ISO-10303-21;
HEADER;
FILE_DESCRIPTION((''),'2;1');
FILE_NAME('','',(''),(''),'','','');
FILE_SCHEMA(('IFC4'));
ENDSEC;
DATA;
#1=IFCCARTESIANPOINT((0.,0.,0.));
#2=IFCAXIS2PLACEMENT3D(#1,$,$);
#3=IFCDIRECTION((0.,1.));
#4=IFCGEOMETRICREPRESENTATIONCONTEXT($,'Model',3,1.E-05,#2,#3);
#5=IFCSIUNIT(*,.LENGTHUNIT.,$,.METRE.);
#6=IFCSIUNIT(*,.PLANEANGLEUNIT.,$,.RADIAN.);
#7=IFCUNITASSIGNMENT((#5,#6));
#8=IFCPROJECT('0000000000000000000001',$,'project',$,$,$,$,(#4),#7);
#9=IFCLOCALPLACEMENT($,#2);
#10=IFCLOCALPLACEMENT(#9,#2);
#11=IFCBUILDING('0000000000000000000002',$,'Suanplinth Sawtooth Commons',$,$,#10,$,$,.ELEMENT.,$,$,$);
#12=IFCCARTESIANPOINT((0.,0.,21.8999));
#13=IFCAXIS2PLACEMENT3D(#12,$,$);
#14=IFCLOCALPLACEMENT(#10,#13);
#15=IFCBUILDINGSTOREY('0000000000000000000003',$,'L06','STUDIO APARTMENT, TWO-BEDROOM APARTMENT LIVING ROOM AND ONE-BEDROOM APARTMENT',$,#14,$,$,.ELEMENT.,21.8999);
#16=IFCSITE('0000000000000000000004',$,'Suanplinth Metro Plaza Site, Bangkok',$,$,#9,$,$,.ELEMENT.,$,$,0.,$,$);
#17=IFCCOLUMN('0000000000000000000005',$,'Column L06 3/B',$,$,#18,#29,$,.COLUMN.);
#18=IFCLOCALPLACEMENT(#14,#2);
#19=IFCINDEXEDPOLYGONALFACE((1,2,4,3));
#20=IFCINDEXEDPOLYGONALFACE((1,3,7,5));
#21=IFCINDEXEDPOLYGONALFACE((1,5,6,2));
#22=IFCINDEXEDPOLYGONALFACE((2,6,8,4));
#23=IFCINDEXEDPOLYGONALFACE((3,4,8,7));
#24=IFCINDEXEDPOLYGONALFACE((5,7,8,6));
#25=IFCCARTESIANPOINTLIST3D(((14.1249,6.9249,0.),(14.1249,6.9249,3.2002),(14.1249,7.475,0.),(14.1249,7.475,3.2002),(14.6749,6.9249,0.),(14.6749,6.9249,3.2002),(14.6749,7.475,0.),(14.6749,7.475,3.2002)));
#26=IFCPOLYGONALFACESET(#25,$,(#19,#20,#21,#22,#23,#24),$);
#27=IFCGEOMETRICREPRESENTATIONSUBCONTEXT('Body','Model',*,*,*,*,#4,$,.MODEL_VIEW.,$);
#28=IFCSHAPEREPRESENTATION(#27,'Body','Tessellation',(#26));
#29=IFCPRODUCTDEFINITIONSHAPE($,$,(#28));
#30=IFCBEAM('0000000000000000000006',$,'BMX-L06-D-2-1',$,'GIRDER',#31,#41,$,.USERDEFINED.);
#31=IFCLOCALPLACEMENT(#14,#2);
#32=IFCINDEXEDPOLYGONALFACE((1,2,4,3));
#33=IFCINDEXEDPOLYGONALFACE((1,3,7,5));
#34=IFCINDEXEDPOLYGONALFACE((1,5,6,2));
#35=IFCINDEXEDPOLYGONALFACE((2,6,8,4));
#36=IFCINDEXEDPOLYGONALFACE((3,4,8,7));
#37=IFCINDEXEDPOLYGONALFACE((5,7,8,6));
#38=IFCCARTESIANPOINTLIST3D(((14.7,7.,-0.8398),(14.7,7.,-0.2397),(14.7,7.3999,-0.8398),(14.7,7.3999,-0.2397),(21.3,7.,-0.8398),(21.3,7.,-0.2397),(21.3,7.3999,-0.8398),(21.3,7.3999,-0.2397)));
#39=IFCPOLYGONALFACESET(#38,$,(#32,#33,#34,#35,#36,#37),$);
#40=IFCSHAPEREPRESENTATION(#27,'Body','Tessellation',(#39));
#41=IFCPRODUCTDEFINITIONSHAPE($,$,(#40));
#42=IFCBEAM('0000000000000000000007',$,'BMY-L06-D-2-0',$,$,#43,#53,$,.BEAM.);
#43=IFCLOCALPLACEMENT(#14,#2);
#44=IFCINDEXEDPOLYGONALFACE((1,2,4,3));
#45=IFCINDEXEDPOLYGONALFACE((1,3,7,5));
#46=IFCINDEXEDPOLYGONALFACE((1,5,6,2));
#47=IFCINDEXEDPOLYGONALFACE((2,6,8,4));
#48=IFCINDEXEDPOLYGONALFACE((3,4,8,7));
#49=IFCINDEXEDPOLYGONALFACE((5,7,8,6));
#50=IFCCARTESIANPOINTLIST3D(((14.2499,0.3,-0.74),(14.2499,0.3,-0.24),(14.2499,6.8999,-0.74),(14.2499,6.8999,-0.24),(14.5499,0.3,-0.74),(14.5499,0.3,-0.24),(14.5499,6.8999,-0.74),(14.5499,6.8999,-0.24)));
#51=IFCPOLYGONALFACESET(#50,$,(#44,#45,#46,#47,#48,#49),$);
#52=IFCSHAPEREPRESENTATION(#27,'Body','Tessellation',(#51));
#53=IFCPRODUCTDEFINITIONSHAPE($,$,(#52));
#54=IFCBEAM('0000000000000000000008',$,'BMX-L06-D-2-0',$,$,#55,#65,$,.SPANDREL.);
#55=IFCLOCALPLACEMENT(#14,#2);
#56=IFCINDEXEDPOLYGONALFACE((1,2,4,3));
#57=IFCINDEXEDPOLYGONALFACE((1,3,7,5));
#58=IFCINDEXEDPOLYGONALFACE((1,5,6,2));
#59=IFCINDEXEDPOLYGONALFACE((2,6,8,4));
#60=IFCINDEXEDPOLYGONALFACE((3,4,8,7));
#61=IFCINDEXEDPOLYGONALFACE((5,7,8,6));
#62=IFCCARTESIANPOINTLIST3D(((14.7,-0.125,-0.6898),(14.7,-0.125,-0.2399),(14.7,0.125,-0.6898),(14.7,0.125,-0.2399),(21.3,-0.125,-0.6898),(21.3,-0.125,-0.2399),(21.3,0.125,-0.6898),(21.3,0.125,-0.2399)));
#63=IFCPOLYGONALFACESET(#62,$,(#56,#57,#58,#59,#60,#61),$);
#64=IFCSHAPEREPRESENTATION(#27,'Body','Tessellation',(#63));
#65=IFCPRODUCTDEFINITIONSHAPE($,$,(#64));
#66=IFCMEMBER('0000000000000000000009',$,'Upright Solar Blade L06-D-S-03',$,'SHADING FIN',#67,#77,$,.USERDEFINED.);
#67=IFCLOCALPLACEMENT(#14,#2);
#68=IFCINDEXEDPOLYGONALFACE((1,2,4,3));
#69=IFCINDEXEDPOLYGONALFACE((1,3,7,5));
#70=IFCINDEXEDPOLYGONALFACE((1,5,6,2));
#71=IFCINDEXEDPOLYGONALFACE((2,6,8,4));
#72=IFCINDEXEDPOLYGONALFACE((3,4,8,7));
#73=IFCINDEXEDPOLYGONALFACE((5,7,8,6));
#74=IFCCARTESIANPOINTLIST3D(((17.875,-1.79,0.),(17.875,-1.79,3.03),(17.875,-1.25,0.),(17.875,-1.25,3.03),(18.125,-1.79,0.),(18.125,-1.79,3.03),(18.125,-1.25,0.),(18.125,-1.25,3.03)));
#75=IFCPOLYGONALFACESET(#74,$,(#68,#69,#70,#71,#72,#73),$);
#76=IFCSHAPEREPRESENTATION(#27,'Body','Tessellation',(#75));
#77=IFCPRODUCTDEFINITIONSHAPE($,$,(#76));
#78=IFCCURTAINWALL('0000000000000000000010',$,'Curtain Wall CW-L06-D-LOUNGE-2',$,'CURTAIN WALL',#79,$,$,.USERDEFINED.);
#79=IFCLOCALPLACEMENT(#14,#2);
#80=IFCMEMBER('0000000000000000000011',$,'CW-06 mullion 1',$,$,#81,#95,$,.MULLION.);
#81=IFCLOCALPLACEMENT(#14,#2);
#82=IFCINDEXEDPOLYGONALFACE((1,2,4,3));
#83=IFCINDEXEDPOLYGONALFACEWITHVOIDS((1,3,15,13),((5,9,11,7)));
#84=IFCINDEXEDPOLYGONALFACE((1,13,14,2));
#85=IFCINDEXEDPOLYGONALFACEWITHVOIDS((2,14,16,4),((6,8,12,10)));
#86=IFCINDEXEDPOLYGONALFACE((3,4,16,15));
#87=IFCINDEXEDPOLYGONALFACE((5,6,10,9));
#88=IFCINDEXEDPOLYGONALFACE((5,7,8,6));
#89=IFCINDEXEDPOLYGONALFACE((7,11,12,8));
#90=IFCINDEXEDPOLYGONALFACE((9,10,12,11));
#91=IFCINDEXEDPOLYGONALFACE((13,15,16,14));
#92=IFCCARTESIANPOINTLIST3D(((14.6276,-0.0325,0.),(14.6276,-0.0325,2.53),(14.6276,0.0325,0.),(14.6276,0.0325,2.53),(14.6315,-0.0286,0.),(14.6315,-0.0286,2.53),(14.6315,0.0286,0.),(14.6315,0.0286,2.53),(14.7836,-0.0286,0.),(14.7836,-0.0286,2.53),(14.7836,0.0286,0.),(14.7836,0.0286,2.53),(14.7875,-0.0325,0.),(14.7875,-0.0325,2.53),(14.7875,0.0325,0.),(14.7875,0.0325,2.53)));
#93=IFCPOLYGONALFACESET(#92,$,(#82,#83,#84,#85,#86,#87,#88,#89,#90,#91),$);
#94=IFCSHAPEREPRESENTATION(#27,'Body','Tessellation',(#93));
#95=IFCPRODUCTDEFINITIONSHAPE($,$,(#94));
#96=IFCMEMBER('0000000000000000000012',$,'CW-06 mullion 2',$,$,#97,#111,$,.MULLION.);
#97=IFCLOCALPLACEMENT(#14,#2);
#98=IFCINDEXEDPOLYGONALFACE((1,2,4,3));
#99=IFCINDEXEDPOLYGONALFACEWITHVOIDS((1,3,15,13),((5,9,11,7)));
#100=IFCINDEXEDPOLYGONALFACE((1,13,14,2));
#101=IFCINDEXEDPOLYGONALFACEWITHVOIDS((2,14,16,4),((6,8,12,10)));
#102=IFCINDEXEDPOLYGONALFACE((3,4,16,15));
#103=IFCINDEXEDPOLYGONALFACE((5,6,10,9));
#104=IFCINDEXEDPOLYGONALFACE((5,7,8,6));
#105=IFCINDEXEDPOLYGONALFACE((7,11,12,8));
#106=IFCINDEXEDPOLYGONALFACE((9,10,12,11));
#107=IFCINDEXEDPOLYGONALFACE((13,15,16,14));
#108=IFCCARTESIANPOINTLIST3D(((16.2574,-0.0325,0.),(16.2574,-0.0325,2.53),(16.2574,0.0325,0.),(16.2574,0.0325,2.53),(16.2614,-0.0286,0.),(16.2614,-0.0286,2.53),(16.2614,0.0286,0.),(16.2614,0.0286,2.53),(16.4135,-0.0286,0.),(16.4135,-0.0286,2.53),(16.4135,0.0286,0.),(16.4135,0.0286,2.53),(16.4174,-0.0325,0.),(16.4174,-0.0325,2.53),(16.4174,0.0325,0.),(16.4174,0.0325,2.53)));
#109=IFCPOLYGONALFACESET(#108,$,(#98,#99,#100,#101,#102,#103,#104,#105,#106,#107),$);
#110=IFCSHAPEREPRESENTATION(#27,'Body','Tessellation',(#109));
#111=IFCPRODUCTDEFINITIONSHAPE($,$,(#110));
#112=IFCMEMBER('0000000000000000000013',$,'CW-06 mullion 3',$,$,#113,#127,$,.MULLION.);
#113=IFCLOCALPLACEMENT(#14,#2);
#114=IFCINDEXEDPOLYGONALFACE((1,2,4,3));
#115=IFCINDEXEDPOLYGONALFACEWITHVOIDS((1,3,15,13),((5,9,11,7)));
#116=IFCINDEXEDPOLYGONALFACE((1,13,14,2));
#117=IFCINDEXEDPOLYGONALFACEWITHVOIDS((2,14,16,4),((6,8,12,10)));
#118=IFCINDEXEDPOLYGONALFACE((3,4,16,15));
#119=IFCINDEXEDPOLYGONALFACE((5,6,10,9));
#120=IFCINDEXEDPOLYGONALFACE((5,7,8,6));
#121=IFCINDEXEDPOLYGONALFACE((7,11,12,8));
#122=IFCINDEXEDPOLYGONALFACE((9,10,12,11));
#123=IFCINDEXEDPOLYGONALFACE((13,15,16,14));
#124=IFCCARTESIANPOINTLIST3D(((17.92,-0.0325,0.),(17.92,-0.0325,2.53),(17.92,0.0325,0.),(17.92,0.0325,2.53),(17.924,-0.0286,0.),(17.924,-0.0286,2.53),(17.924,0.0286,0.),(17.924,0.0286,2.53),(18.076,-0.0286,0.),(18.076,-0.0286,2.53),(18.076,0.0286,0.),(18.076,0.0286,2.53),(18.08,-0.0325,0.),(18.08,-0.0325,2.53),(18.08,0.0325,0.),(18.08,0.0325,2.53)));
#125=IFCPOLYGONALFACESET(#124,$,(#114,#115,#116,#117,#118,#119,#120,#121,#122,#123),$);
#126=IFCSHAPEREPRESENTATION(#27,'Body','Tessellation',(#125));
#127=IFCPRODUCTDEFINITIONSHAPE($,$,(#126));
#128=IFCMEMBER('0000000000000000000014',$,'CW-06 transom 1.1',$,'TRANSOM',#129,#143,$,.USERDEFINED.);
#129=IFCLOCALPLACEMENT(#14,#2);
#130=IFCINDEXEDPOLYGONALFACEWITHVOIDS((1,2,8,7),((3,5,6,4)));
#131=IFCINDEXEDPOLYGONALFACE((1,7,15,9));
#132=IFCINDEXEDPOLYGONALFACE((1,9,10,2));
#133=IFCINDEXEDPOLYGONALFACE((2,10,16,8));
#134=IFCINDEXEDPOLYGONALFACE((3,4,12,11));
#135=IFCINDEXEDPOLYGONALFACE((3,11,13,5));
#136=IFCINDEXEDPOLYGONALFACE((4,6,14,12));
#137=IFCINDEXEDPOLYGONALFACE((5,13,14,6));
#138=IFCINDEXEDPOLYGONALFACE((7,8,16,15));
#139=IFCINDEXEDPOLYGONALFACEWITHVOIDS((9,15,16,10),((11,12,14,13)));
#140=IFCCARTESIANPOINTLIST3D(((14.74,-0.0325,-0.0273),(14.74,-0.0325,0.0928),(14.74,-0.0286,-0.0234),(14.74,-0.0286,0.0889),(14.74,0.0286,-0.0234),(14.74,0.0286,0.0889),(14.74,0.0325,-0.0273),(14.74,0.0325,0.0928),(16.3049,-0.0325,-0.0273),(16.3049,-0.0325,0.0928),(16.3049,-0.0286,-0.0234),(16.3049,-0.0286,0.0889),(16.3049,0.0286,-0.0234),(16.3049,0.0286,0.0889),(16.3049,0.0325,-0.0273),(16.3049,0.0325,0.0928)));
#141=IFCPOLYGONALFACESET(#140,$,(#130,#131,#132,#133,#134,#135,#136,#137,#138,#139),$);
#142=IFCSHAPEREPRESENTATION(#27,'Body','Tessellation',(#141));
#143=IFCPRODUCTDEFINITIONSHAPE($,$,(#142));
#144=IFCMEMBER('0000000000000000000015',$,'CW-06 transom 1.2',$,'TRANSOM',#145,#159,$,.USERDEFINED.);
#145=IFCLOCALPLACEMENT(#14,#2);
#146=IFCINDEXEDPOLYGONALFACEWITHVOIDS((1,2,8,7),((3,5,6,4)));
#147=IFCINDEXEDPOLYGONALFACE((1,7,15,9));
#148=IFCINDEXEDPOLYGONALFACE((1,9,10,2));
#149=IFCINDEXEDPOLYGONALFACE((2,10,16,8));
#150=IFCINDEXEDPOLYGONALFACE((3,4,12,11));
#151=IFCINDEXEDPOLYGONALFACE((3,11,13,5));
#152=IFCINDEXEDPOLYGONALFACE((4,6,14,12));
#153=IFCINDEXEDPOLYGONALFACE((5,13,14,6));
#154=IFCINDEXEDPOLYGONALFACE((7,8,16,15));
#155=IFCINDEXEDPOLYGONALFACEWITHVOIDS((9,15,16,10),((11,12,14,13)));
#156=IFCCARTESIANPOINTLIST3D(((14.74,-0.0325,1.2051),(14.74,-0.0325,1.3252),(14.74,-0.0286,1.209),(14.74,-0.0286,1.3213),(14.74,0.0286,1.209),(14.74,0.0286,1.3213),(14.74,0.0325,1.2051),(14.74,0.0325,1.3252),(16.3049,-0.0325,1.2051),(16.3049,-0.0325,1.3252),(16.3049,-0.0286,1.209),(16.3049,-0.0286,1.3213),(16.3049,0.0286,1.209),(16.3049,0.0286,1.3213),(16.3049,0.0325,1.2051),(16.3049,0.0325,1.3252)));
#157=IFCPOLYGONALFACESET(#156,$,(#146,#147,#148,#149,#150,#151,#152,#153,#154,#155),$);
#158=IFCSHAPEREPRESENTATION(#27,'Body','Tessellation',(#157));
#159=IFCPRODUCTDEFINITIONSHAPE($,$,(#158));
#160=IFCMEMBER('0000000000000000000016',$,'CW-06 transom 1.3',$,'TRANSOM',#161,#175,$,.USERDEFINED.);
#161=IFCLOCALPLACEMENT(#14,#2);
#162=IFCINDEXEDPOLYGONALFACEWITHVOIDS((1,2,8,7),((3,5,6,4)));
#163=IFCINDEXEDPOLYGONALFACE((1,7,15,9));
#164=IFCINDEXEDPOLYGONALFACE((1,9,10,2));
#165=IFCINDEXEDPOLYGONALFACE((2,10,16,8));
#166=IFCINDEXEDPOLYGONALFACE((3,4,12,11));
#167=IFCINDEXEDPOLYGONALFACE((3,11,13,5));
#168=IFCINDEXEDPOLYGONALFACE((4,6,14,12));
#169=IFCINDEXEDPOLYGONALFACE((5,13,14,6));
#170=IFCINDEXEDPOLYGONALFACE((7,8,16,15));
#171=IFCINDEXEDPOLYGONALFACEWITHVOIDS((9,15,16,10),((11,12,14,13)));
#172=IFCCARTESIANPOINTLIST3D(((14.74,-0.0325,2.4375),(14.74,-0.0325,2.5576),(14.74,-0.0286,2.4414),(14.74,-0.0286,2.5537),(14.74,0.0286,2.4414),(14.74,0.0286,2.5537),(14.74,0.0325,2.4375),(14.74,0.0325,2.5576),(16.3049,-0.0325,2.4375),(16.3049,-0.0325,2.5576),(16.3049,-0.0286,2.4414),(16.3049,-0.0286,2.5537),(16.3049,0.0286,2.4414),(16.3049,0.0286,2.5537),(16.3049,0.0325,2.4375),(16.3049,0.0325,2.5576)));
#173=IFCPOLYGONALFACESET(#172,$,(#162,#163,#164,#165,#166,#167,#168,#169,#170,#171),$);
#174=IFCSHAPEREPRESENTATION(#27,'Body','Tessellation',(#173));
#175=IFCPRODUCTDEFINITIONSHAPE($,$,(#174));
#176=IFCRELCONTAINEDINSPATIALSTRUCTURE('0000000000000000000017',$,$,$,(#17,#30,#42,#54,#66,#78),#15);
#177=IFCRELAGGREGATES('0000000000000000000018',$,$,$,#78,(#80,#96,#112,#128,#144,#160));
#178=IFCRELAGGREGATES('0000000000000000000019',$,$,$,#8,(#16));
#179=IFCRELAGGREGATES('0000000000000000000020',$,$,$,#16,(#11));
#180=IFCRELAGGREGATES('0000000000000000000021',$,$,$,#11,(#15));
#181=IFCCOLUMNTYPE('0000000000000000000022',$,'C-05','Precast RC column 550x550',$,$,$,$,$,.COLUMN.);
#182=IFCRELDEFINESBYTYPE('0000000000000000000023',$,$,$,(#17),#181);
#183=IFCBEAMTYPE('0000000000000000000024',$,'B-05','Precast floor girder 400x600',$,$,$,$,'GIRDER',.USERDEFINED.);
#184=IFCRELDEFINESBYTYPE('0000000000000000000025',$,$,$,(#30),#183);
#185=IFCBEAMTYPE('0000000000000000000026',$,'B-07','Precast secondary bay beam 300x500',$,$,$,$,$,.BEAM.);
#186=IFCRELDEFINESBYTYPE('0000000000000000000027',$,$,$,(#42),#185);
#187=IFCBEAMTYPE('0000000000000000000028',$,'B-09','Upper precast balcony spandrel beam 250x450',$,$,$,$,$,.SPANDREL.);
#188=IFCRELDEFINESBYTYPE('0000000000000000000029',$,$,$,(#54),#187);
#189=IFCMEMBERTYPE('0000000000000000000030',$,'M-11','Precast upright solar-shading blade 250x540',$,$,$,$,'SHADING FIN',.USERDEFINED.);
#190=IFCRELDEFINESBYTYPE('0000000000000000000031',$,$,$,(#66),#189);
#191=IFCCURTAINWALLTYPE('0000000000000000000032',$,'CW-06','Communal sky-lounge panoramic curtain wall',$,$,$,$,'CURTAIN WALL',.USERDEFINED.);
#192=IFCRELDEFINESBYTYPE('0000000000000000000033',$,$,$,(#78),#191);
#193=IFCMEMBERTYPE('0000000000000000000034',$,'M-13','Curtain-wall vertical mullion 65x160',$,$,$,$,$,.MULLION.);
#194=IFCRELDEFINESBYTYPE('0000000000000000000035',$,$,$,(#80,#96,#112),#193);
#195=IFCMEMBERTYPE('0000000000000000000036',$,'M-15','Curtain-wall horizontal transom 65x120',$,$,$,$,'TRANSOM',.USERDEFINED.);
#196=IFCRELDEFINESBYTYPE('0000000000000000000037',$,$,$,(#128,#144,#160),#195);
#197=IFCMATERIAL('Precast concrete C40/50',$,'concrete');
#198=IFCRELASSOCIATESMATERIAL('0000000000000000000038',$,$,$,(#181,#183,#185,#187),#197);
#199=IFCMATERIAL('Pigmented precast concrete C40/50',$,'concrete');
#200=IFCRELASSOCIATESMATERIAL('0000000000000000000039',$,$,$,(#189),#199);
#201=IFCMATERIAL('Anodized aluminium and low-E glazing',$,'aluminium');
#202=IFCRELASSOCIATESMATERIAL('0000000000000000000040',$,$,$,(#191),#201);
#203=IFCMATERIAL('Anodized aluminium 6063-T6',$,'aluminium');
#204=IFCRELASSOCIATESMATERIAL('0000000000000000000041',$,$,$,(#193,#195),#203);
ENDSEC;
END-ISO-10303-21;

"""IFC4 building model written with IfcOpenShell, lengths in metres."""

from ifc_helpers import new_model, si_unit, direction, frame, origin, origin_2d, place, context, subcontext, project, spatial, rectangle, hollow_rectangle, extrude, material, material_profile, profile_set, type_object, element, aggregate, save


model = new_model("IFC4")

# Units and contexts
model_context = context("Model", 3, precision=1e-05, world=origin(), true_north=direction((0.0, 1.0)))
body_context = subcontext(model_context, "Body", "Model", "MODEL_VIEW")
ifc_project = project(units=[si_unit("LENGTHUNIT", "METRE"), si_unit("PLANEANGLEUNIT", "RADIAN")], contexts=[model_context])

# Site, building, storey
site_placement = place(None, origin())
site = spatial("IfcSite", under=ifc_project, at=site_placement, Name="Suanplinth Metro Plaza Site, Bangkok", CompositionType="ELEMENT", RefElevation=0.0)
building_placement = place(site_placement, origin())
building = spatial("IfcBuilding", under=site, at=building_placement, Name="Suanplinth Sawtooth Commons", CompositionType="ELEMENT")
storey_placement = place(building_placement, frame((0.0, 0.0, 21.8999)))
storey = spatial("IfcBuildingStorey", under=building, at=storey_placement, Name="L06", Description="STUDIO APARTMENT, TWO-BEDROOM APARTMENT LIVING ROOM AND ONE-BEDROOM APARTMENT", CompositionType="ELEMENT", Elevation=21.8999)

# Column
ifc_material_1 = material(Name="Precast concrete C40/50", Category="concrete")
ifc_material_profile_1 = material_profile(ifc_material_1, rectangle(XDim=0.55, YDim=0.55, at=origin_2d()), Name="PC-COL 550x550")
ifc_profile_set_1 = profile_set([ifc_material_profile_1], Name="Precast concrete C40/50")
column_type = type_object("IfcColumnType", Name="C-05", Description="Precast RC column 550x550", PredefinedType="COLUMN", material=ifc_profile_set_1)
column_placement = place(storey_placement, frame((14.3999, 7.2, 0.0), z_axis=(0.0, 0.0, 1.0), x_axis=(1.0, 0.0, 0.0)))
element("IfcColumn", 1, at=column_placement, inside=storey, type_object=column_type, Name="Column L06 3/B", PredefinedType="COLUMN", context=body_context, shape_type="SweptSolid", body=[
    extrude(rectangle(XDim=0.55, YDim=0.55, at=origin_2d()), origin(), (0.0, 0.0, 1.0), 3.2002),
])

# Beams
ifc_material_profile_2 = material_profile(ifc_material_1, rectangle(XDim=0.3999, YDim=0.6001, at=origin_2d()), Name="PC-GDR 400x600")
ifc_profile_set_2 = profile_set([ifc_material_profile_2], Name="Precast concrete C40/50")
beam_type_1 = type_object("IfcBeamType", Name="B-05", Description="Precast floor girder 400x600", ElementType="GIRDER", PredefinedType="USERDEFINED", material=ifc_profile_set_2)
beam_1_placement = place(storey_placement, frame((14.7, 7.2, -0.5398), z_axis=(1.0, 0.0, 0.0), x_axis=(0.0, 1.0, 0.0)))
element("IfcBeam", 2, at=beam_1_placement, inside=storey, type_object=beam_type_1, Name="BMX-L06-D-2-1", ObjectType="GIRDER", PredefinedType="USERDEFINED", context=body_context, shape_type="SweptSolid", body=[
    extrude(rectangle(XDim=0.3999, YDim=0.6001, at=origin_2d()), origin(), (0.0, 0.0, 1.0), 6.6001),
])
ifc_material_profile_3 = material_profile(ifc_material_1, rectangle(XDim=0.3, YDim=0.5, at=origin_2d()), Name="PC-BM 300x500")
ifc_profile_set_3 = profile_set([ifc_material_profile_3], Name="Precast concrete C40/50")
beam_type_2 = type_object("IfcBeamType", Name="B-07", Description="Precast secondary bay beam 300x500", PredefinedType="BEAM", material=ifc_profile_set_3)
beam_2_placement = place(storey_placement, frame((14.3999, 0.3, -0.49), z_axis=(0.0, 1.0, 0.0), x_axis=(-1.0, 0.0, 0.0)))
element("IfcBeam", 3, at=beam_2_placement, inside=storey, type_object=beam_type_2, Name="BMY-L06-D-2-0", PredefinedType="BEAM", context=body_context, shape_type="SweptSolid", body=[
    extrude(rectangle(XDim=0.3, YDim=0.5, at=origin_2d()), origin(), (0.0, 0.0, 1.0), 6.5999),
])
ifc_material_profile_4 = material_profile(ifc_material_1, rectangle(XDim=0.25, YDim=0.45, at=origin_2d()), Name="PC-SP 250x450")
ifc_profile_set_4 = profile_set([ifc_material_profile_4], Name="Precast concrete C40/50")
beam_type_3 = type_object("IfcBeamType", Name="B-09", Description="Upper precast balcony spandrel beam 250x450", PredefinedType="SPANDREL", material=ifc_profile_set_4)
beam_3_placement = place(storey_placement, frame((14.7, 0.0, -0.4648), z_axis=(1.0, 0.0, 0.0), x_axis=(0.0, 1.0, 0.0)))
element("IfcBeam", 4, at=beam_3_placement, inside=storey, type_object=beam_type_3, Name="BMX-L06-D-2-0", PredefinedType="SPANDREL", context=body_context, shape_type="SweptSolid", body=[
    extrude(rectangle(XDim=0.25, YDim=0.45, at=origin_2d()), origin(), (0.0, 0.0, 1.0), 6.6001),
])

# Member
ifc_material_2 = material(Name="Pigmented precast concrete C40/50", Category="concrete")
ifc_material_profile_5 = material_profile(ifc_material_2, rectangle(XDim=0.25, YDim=0.54, at=origin_2d()), Name="PC-FIN 250x540")
ifc_profile_set_5 = profile_set([ifc_material_profile_5], Name="Pigmented precast concrete C40/50")
member_type_1 = type_object("IfcMemberType", Name="M-11", Description="Precast upright solar-shading blade 250x540", ElementType="SHADING FIN", PredefinedType="USERDEFINED", material=ifc_profile_set_5)
member_1_placement = place(storey_placement, frame((18.0, -1.52, 0.0), z_axis=(0.0, 0.0, 1.0), x_axis=(1.0, 0.0, 0.0)))
element("IfcMember", 5, at=member_1_placement, inside=storey, type_object=member_type_1, Name="Upright Solar Blade L06-D-S-03", ObjectType="SHADING FIN", PredefinedType="USERDEFINED", context=body_context, shape_type="SweptSolid", body=[
    extrude(rectangle(XDim=0.25, YDim=0.54, at=origin_2d()), origin(), (0.0, 0.0, 1.0), 3.03),
])

# Curtain wall, members
ifc_material_3 = material(Name="Anodized aluminium and low-E glazing", Category="aluminium")
curtain_wall_type = type_object("IfcCurtainWallType", Name="CW-06", Description="Communal sky-lounge panoramic curtain wall", ElementType="CURTAIN WALL", PredefinedType="USERDEFINED", material=ifc_material_3)
curtain_wall_placement = place(storey_placement, origin())
curtain_wall = element("IfcCurtainWall", 6, at=curtain_wall_placement, inside=storey, type_object=curtain_wall_type, Name="Curtain Wall CW-L06-D-LOUNGE-2", ObjectType="CURTAIN WALL", PredefinedType="USERDEFINED")
ifc_material_4 = material(Name="Anodized aluminium 6063-T6", Category="aluminium")
ifc_material_profile_6 = material_profile(ifc_material_4, hollow_rectangle(XDim=0.0649, YDim=0.1599, WallThickness=0.0039, at=origin_2d()), Name="ALU-MUL 65x160")
ifc_profile_set_6 = profile_set([ifc_material_profile_6], Name="Anodized aluminium 6063-T6")
member_type_2 = type_object("IfcMemberType", Name="M-13", Description="Curtain-wall vertical mullion 65x160", PredefinedType="MULLION", material=ifc_profile_set_6)
member_2_placement = place(storey_placement, frame((14.7075, 0.0, 0.0), z_axis=(0.0, 0.0, 1.0), x_axis=(0.0, 1.0, 0.0)))
member_2 = element("IfcMember", 7, at=member_2_placement, type_object=member_type_2, Name="CW-06 mullion 1", PredefinedType="MULLION", context=body_context, shape_type="SweptSolid", body=[
    extrude(hollow_rectangle(XDim=0.0649, YDim=0.1599, WallThickness=0.0039, at=origin_2d()), origin(), (0.0, 0.0, 1.0), 2.53),
])
member_3_placement = place(storey_placement, frame((16.3374, 0.0, 0.0), z_axis=(0.0, 0.0, 1.0), x_axis=(0.0, 1.0, 0.0)))
member_3 = element("IfcMember", 8, at=member_3_placement, type_object=member_type_2, Name="CW-06 mullion 2", PredefinedType="MULLION", context=body_context, shape_type="SweptSolid", body=[
    extrude(hollow_rectangle(XDim=0.0649, YDim=0.1599, WallThickness=0.0039, at=origin_2d()), origin(), (0.0, 0.0, 1.0), 2.53),
])
member_4_placement = place(storey_placement, frame((18.0, 0.0, 0.0), z_axis=(0.0, 0.0, 1.0), x_axis=(0.0, 1.0, 0.0)))
member_4 = element("IfcMember", 9, at=member_4_placement, type_object=member_type_2, Name="CW-06 mullion 3", PredefinedType="MULLION", context=body_context, shape_type="SweptSolid", body=[
    extrude(hollow_rectangle(XDim=0.0649, YDim=0.1599, WallThickness=0.0039, at=origin_2d()), origin(), (0.0, 0.0, 1.0), 2.53),
])
ifc_material_profile_7 = material_profile(ifc_material_4, hollow_rectangle(XDim=0.0649, YDim=0.1201, WallThickness=0.0039, at=origin_2d()), Name="ALU-TRN 65x120")
ifc_profile_set_7 = profile_set([ifc_material_profile_7], Name="Anodized aluminium 6063-T6")
member_type_3 = type_object("IfcMemberType", Name="M-15", Description="Curtain-wall horizontal transom 65x120", ElementType="TRANSOM", PredefinedType="USERDEFINED", material=ifc_profile_set_7)
member_5_placement = place(storey_placement, frame((14.74, 0.0, 0.0327), z_axis=(1.0, 0.0, 0.0), x_axis=(0.0, 1.0, 0.0)))
member_5 = element("IfcMember", 10, at=member_5_placement, type_object=member_type_3, Name="CW-06 transom 1.1", ObjectType="TRANSOM", PredefinedType="USERDEFINED", context=body_context, shape_type="SweptSolid", body=[
    extrude(hollow_rectangle(XDim=0.0649, YDim=0.1201, WallThickness=0.0039, at=origin_2d()), origin(), (0.0, 0.0, 1.0), 1.5649),
])
member_6_placement = place(storey_placement, frame((14.74, 0.0, 1.2651), z_axis=(1.0, 0.0, 0.0), x_axis=(0.0, 1.0, 0.0)))
member_6 = element("IfcMember", 11, at=member_6_placement, type_object=member_type_3, Name="CW-06 transom 1.2", ObjectType="TRANSOM", PredefinedType="USERDEFINED", context=body_context, shape_type="SweptSolid", body=[
    extrude(hollow_rectangle(XDim=0.0649, YDim=0.1201, WallThickness=0.0039, at=origin_2d()), origin(), (0.0, 0.0, 1.0), 1.5649),
])
member_7_placement = place(storey_placement, frame((14.74, 0.0, 2.4976), z_axis=(1.0, 0.0, 0.0), x_axis=(0.0, 1.0, 0.0)))
member_7 = element("IfcMember", 12, at=member_7_placement, type_object=member_type_3, Name="CW-06 transom 1.3", ObjectType="TRANSOM", PredefinedType="USERDEFINED", context=body_context, shape_type="SweptSolid", body=[
    extrude(hollow_rectangle(XDim=0.0649, YDim=0.1201, WallThickness=0.0039, at=origin_2d()), origin(), (0.0, 0.0, 1.0), 1.5649),
])
aggregate(curtain_wall, [member_2, member_3, member_4, member_5, member_6, member_7])

save(model, "model.ifc")
